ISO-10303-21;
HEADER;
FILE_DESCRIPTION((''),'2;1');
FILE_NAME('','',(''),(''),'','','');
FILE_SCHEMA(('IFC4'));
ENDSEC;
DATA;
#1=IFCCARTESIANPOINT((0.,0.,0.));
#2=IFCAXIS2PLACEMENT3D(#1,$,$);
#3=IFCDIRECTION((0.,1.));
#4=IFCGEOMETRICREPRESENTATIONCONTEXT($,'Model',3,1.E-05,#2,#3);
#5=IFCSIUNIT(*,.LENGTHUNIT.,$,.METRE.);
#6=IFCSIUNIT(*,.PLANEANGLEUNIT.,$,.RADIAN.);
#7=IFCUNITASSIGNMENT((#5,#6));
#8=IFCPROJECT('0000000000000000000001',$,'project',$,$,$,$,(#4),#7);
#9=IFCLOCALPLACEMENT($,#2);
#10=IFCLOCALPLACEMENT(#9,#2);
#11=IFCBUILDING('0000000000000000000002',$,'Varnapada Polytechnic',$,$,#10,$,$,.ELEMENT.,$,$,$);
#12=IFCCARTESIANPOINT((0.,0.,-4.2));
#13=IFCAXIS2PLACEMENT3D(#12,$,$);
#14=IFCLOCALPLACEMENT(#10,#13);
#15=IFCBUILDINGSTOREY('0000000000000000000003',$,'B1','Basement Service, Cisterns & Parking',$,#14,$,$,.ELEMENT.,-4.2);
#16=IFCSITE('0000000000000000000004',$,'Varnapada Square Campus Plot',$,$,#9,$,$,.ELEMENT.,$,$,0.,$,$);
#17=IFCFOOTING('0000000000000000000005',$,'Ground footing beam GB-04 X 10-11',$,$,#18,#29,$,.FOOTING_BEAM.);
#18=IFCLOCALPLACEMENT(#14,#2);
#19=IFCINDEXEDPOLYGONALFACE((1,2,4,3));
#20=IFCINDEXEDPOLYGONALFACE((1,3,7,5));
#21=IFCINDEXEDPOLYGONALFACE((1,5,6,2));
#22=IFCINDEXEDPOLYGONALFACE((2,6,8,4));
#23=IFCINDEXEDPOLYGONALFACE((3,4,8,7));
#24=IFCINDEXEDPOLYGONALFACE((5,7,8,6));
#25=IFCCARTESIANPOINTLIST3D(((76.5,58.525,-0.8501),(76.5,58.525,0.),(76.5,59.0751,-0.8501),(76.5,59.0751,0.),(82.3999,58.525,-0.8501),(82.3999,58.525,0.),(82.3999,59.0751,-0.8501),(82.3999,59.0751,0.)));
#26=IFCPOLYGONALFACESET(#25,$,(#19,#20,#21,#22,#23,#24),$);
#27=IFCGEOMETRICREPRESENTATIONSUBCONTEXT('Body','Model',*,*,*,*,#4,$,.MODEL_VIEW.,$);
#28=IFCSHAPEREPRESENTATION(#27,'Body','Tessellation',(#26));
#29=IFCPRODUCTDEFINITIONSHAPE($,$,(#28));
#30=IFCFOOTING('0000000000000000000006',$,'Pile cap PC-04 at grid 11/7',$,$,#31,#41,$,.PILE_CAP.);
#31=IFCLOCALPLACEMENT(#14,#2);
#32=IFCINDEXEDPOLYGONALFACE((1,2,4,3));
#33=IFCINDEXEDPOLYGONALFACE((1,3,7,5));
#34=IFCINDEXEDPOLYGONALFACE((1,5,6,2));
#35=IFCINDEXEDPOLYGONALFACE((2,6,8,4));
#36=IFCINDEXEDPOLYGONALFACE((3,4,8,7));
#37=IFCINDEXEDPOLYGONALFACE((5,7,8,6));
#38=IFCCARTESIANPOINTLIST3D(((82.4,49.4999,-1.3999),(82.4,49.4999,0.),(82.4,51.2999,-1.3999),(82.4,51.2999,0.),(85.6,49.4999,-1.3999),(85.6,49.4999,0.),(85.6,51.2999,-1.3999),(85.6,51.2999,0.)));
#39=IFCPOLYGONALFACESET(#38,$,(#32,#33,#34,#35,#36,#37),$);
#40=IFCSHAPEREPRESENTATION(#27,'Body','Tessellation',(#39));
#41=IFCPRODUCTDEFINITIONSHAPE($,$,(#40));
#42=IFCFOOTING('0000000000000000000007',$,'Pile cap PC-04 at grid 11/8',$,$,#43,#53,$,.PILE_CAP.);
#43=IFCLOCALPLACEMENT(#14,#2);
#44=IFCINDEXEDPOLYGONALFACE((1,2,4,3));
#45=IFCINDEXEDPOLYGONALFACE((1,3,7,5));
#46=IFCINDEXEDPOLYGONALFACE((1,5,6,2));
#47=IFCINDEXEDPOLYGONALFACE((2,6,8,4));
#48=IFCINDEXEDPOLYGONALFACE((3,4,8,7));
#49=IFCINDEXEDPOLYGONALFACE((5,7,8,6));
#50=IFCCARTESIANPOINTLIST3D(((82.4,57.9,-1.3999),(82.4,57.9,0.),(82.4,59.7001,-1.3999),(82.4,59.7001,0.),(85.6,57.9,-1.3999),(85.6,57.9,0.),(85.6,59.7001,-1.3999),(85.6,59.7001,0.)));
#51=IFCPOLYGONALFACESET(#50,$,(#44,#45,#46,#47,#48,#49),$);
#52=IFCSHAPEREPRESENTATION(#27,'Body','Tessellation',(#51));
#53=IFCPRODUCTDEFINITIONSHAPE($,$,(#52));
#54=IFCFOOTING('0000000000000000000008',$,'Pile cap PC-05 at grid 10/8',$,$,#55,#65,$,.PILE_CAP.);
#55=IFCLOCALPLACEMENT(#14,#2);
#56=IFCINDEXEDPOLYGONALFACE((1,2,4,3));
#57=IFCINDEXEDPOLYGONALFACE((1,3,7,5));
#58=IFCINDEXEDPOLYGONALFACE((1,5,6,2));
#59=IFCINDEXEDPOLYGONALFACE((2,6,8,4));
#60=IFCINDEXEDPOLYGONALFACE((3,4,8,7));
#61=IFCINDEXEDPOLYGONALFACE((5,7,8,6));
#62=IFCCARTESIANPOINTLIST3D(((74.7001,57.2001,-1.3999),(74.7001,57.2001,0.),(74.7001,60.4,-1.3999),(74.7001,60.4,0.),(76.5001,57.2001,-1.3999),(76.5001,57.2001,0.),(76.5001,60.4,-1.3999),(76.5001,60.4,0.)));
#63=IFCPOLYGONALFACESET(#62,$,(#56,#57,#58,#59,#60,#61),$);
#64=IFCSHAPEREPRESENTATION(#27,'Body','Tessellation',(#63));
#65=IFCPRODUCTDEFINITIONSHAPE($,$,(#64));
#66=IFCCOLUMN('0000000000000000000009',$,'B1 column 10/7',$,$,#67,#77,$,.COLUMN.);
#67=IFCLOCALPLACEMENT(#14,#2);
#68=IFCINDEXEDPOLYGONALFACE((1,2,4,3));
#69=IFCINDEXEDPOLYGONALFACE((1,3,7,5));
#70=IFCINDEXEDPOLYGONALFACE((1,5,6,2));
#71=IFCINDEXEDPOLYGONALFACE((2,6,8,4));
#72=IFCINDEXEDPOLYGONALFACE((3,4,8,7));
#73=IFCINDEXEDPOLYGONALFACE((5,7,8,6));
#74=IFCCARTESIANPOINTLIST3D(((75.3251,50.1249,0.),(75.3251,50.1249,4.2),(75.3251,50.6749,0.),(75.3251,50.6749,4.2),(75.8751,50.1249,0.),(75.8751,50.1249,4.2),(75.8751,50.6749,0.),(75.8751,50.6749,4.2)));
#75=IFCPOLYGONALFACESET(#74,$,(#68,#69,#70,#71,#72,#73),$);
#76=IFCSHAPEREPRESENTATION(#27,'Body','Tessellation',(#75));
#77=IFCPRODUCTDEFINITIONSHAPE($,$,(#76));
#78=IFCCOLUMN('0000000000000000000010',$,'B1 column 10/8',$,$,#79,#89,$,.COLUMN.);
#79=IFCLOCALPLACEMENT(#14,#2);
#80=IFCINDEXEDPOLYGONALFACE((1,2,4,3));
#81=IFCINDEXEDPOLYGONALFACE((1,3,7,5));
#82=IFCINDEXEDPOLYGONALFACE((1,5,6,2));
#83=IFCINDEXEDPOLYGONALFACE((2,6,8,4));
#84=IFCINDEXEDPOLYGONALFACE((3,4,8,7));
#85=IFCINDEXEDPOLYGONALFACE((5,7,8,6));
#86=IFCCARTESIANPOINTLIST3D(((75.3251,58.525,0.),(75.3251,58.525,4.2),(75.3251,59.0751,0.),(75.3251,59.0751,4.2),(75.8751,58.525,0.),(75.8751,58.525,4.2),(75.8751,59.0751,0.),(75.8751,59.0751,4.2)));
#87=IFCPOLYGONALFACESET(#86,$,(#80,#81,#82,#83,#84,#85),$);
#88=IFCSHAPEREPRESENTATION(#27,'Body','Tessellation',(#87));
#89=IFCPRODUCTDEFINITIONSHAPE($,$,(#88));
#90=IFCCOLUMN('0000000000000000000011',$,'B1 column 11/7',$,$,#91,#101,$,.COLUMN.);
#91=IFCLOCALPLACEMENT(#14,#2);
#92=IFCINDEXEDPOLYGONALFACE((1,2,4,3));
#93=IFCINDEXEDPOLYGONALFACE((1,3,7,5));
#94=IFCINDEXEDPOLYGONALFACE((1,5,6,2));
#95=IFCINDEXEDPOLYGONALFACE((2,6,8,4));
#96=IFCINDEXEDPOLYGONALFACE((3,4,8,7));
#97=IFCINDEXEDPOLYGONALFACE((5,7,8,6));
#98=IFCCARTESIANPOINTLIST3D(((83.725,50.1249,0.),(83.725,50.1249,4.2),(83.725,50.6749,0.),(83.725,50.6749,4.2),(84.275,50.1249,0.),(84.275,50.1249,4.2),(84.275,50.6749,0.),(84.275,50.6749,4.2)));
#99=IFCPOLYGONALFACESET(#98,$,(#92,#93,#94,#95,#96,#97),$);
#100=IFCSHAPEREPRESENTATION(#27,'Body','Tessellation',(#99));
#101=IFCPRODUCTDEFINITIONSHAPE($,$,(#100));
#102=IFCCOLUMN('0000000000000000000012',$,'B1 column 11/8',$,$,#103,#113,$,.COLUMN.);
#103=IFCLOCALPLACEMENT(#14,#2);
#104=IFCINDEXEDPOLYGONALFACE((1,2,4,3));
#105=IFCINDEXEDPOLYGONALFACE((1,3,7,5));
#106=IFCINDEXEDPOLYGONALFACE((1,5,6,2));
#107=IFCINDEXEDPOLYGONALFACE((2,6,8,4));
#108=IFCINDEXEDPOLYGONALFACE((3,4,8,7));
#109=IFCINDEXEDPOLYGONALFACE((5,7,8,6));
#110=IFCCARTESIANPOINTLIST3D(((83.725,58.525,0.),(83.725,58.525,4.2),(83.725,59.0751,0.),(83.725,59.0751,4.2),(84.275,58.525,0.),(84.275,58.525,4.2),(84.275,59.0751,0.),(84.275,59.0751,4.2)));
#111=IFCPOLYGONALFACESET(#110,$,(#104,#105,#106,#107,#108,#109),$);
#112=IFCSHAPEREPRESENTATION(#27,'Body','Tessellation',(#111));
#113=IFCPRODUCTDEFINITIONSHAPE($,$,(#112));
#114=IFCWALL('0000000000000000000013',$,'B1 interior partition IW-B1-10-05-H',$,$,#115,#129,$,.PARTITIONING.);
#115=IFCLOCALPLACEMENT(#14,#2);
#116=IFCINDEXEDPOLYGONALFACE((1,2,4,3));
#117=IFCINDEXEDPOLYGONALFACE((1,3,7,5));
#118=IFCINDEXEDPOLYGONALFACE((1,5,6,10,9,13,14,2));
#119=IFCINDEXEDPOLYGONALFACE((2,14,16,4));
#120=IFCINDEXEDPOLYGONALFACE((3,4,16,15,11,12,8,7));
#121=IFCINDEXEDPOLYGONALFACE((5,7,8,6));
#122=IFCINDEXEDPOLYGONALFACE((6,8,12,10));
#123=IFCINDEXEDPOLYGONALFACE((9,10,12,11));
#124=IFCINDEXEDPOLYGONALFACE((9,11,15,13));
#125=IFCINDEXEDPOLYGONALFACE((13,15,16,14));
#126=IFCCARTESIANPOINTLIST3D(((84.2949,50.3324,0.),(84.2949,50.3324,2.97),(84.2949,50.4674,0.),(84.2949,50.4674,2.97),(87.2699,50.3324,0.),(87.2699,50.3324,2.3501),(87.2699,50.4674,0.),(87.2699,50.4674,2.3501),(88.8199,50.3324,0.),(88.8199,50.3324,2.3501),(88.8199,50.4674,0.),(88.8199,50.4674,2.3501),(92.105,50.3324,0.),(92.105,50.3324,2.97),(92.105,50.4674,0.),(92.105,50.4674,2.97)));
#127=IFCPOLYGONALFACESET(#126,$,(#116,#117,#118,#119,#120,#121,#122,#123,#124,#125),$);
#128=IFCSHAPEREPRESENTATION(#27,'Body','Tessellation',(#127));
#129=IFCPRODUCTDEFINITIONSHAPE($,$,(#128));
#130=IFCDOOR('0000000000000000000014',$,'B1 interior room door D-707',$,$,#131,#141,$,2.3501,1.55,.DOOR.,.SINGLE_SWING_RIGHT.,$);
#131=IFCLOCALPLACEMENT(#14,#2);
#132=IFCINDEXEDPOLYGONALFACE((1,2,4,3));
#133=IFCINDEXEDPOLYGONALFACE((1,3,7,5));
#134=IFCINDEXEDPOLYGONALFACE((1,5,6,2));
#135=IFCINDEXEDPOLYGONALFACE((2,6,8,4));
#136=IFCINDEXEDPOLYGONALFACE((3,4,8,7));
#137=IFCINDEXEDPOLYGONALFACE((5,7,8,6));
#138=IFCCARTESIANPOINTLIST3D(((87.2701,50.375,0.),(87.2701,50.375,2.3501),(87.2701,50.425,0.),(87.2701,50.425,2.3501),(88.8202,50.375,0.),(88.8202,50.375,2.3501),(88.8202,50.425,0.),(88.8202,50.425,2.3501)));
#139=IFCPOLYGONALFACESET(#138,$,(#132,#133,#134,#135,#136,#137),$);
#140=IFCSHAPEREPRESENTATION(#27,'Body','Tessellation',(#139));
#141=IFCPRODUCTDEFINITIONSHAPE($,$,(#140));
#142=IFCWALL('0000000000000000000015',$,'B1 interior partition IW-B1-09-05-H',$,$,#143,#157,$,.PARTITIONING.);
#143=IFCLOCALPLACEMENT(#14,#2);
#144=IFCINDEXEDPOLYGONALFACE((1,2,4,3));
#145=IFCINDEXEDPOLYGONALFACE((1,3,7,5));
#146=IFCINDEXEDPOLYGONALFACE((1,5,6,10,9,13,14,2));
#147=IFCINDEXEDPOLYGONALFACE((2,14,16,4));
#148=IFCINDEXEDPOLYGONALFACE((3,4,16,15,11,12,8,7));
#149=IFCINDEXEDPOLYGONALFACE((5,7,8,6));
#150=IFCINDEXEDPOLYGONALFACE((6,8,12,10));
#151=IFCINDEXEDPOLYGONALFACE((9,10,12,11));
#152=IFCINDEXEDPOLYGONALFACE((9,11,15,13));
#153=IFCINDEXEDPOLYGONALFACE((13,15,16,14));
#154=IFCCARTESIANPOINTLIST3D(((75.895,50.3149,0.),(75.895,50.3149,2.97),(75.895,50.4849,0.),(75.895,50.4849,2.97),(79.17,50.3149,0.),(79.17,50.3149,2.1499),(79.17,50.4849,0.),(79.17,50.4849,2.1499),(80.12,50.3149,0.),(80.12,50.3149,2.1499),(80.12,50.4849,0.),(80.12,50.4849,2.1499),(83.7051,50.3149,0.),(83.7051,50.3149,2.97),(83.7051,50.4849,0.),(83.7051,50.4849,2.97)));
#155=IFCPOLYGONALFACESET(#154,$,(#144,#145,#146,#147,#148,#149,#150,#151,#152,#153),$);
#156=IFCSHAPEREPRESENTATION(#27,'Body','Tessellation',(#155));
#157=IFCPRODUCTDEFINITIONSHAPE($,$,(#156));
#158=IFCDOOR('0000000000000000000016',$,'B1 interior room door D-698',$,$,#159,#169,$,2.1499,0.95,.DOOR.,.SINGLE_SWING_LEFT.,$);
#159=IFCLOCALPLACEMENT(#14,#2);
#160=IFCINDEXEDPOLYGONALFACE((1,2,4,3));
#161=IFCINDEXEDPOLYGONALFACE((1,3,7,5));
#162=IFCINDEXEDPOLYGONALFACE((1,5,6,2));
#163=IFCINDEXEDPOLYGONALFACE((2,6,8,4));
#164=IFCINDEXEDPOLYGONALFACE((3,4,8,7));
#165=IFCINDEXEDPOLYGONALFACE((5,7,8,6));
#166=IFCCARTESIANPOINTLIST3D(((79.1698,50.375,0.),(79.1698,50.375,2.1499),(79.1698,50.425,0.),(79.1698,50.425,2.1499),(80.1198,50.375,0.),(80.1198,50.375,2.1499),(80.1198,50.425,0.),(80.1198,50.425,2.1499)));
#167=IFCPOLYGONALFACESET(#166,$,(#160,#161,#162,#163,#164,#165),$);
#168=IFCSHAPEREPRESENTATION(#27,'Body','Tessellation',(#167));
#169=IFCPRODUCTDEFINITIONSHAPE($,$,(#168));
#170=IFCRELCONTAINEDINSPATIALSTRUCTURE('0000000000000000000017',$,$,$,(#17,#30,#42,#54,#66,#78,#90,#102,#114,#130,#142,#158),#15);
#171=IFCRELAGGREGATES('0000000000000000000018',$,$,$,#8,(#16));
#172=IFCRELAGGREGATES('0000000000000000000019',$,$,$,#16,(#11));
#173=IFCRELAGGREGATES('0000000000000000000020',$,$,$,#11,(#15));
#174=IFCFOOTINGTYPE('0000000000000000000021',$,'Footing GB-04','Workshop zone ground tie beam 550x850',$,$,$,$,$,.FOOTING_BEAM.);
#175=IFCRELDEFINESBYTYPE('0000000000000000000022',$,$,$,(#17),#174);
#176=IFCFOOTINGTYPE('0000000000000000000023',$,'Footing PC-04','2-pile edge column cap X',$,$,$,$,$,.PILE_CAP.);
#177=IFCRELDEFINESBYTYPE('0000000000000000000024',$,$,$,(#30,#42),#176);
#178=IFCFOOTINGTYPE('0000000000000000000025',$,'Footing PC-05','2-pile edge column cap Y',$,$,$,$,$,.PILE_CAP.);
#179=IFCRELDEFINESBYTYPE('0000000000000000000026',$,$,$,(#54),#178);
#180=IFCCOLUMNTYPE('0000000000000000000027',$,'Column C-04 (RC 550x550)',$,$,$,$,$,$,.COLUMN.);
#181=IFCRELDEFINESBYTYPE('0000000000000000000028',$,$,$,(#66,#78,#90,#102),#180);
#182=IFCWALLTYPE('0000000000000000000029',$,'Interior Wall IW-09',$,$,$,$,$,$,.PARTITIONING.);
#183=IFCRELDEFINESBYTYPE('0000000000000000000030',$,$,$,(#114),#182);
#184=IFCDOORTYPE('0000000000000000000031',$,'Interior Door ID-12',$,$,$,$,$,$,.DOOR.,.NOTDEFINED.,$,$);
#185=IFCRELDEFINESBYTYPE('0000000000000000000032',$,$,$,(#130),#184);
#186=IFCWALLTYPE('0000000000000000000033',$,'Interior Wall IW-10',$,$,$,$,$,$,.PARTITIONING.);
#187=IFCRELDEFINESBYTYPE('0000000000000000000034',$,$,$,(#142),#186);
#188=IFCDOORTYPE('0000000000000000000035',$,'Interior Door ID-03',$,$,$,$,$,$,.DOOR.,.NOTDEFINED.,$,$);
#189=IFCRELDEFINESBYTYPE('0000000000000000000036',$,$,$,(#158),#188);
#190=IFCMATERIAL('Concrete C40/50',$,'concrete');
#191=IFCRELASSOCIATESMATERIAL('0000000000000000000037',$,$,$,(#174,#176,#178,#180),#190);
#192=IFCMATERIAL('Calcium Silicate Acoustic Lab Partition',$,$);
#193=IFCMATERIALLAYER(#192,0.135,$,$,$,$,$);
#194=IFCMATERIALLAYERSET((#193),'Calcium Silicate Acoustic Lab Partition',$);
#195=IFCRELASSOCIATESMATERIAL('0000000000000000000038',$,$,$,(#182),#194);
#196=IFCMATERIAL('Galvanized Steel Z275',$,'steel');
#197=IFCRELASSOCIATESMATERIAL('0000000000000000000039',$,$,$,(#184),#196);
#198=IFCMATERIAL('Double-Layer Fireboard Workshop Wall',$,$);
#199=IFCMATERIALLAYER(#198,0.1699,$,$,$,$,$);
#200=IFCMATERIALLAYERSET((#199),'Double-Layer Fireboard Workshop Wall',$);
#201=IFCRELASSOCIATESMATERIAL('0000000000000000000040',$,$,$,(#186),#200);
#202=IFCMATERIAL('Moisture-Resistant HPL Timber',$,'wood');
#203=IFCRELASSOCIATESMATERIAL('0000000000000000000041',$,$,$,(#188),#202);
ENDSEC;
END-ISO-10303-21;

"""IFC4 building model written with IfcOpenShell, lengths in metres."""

from ifc_helpers import new_model, si_unit, direction, frame, frame_2d, origin, origin_2d, place, context, subcontext, project, spatial, rectangle, extrude, material, layer, layer_set, material_profile, profile_set, type_object, element, fill, save


model = new_model("IFC4")

# Units and contexts
model_context = context("Model", 3, precision=1e-05, world=origin(), true_north=direction((0.0, 1.0)))
body_context = subcontext(model_context, "Body", "Model", "MODEL_VIEW")
ifc_project = project(units=[si_unit("LENGTHUNIT", "METRE"), si_unit("PLANEANGLEUNIT", "RADIAN")], contexts=[model_context])

# Site, building, storey
site_placement = place(None, origin())
site = spatial("IfcSite", under=ifc_project, at=site_placement, Name="Varnapada Square Campus Plot", CompositionType="ELEMENT", RefElevation=0.0)
building_placement = place(site_placement, origin())
building = spatial("IfcBuilding", under=site, at=building_placement, Name="Varnapada Polytechnic", CompositionType="ELEMENT")
storey_placement = place(building_placement, frame((0.0, 0.0, -4.2)))
storey = spatial("IfcBuildingStorey", under=building, at=storey_placement, Name="B1", Description="Basement Service, Cisterns & Parking", CompositionType="ELEMENT", Elevation=-4.2)

# Shared definitions
ifc_material_1 = material(Name="Concrete C40/50", Category="concrete")

# Footings
footing_type_1 = type_object("IfcFootingType", Name="Footing GB-04", Description="Workshop zone ground tie beam 550x850", PredefinedType="FOOTING_BEAM", material=ifc_material_1)
for number, where, z_axis, x_axis, name in (
    (1, (79.45, 58.8, -0.8501), (0.0, 0.0, 1.0), (1.0, 0.0, 0.0), "Ground footing beam GB-04 X 10-11"),
):
    element("IfcFooting", number, at=place(storey_placement, frame(where, z_axis=z_axis, x_axis=x_axis)), inside=storey, type_object=footing_type_1, Name=name, PredefinedType="FOOTING_BEAM", context=body_context, shape_type="SweptSolid", body=[
        extrude(rectangle(XDim=5.8999, YDim=0.55, at=origin_2d()), origin(), (0.0, 0.0, 1.0), 0.8501),
    ])
footing_type_2 = type_object("IfcFootingType", Name="Footing PC-04", Description="2-pile edge column cap X", PredefinedType="PILE_CAP", material=ifc_material_1)
for number, where, z_axis, x_axis, name in (
    (2, (84.0, 50.3999, -1.3999), (0.0, 0.0, 1.0), (1.0, 0.0, 0.0), "Pile cap PC-04 at grid 11/7"),
    (3, (84.0, 58.8, -1.3999), (0.0, 0.0, 1.0), (1.0, 0.0, 0.0), "Pile cap PC-04 at grid 11/8"),
):
    element("IfcFooting", number, at=place(storey_placement, frame(where, z_axis=z_axis, x_axis=x_axis)), inside=storey, type_object=footing_type_2, Name=name, PredefinedType="PILE_CAP", context=body_context, shape_type="SweptSolid", body=[
        extrude(rectangle(XDim=3.2, YDim=1.8, at=origin_2d()), origin(), (0.0, 0.0, 1.0), 1.3999),
    ])
footing_type_3 = type_object("IfcFootingType", Name="Footing PC-05", Description="2-pile edge column cap Y", PredefinedType="PILE_CAP", material=ifc_material_1)
footing_1_placement = place(storey_placement, frame((75.6001, 58.8, -1.3999), z_axis=(0.0, 0.0, 1.0), x_axis=(1.0, 0.0, 0.0)))
element("IfcFooting", 4, at=footing_1_placement, inside=storey, type_object=footing_type_3, Name="Pile cap PC-05 at grid 10/8", PredefinedType="PILE_CAP", context=body_context, shape_type="SweptSolid", body=[
    extrude(rectangle(XDim=1.8, YDim=3.2, at=origin_2d()), origin(), (0.0, 0.0, 1.0), 1.3999),
])

# Columns
ifc_material_profile_1 = material_profile(ifc_material_1, rectangle(XDim=0.55, YDim=0.55, at=origin_2d()), Name="RC 550x550")
ifc_profile_set_1 = profile_set([ifc_material_profile_1], Name="Concrete C40/50")
column_type = type_object("IfcColumnType", Name="Column C-04 (RC 550x550)", PredefinedType="COLUMN", material=ifc_profile_set_1)
for number, where, z_axis, x_axis, name in (
    (5, (75.6001, 50.3999, 0.0), (0.0, 0.0, 1.0), (1.0, 0.0, 0.0), "B1 column 10/7"),
    (6, (75.6001, 58.8, 0.0), (0.0, 0.0, 1.0), (1.0, 0.0, 0.0), "B1 column 10/8"),
    (7, (84.0, 50.3999, 0.0), (0.0, 0.0, 1.0), (1.0, 0.0, 0.0), "B1 column 11/7"),
    (8, (84.0, 58.8, 0.0), (0.0, 0.0, 1.0), (1.0, 0.0, 0.0), "B1 column 11/8"),
):
    element("IfcColumn", number, at=place(storey_placement, frame(where, z_axis=z_axis, x_axis=x_axis)), inside=storey, type_object=column_type, Name=name, PredefinedType="COLUMN", context=body_context, shape_type="SweptSolid", body=[
        extrude(rectangle(XDim=0.55, YDim=0.55, at=origin_2d()), origin(), (0.0, 0.0, 1.0), 4.2),
    ])

# Walls, openings, doors
ifc_material_2 = material(Name="Calcium Silicate Acoustic Lab Partition")
ifc_layer_1 = layer(ifc_material_2, 0.135)
ifc_layer_set_1 = layer_set([ifc_layer_1], Name="Calcium Silicate Acoustic Lab Partition")
wall_type_1 = type_object("IfcWallType", Name="Interior Wall IW-09", PredefinedType="PARTITIONING", material=ifc_layer_set_1)
wall_1_placement = place(storey_placement, frame((84.2949, 50.3999, 0.0), z_axis=(0.0, 0.0, 1.0), x_axis=(1.0, 0.0, 0.0)))
wall_1 = element("IfcWall", 9, at=wall_1_placement, inside=storey, type_object=wall_type_1, Name="B1 interior partition IW-B1-10-05-H", PredefinedType="PARTITIONING", context=body_context, shape_type="SweptSolid", body=[
    extrude(rectangle(XDim=7.8101, YDim=0.135, at=frame_2d((3.905, 0.0))), origin(), (0.0, 0.0, 1.0), 2.97),
])
opening_1_placement = place(wall_1_placement, frame((2.9751, 0.0, 0.0)))
opening_1 = element("IfcOpeningElement", 10, at=opening_1_placement, cuts=wall_1, PredefinedType="OPENING", context=body_context, shape_type="SweptSolid", body=[
    extrude(rectangle(XDim=1.55, YDim=2.3501, at=frame_2d((0.7749, 1.175))), frame((0.0, 0.0774, 0.0), z_axis=(0.0, -1.0, 0.0), x_axis=(1.0, 0.0, 0.0)), (0.0, 0.0, 1.0), 0.155),
])
ifc_material_3 = material(Name="Galvanized Steel Z275", Category="steel")
door_type_1 = type_object("IfcDoorType", Name="Interior Door ID-12", OperationType="NOTDEFINED", PredefinedType="DOOR", material=ifc_material_3)
door_1_placement = place(opening_1_placement, frame((1.55, 0.0, 0.0), z_axis=(0.0, 0.0, 1.0), x_axis=(-1.0, 0.0, 0.0)))
door_1 = element("IfcDoor", 11, at=door_1_placement, inside=storey, type_object=door_type_1, Name="B1 interior room door D-707", OperationType="SINGLE_SWING_RIGHT", OverallHeight=2.3501, OverallWidth=1.55, PredefinedType="DOOR", context=body_context, shape_type="SweptSolid", body=[
    extrude(rectangle(XDim=1.55, YDim=2.3501, at=frame_2d((0.7749, 1.175))), frame((0.0, 0.0249, 0.0), z_axis=(0.0, -1.0, 0.0), x_axis=(1.0, 0.0, 0.0)), (0.0, 0.0, 1.0), 0.05),
])
fill(opening_1, door_1)
ifc_material_4 = material(Name="Double-Layer Fireboard Workshop Wall")
ifc_layer_2 = layer(ifc_material_4, 0.1699)
ifc_layer_set_2 = layer_set([ifc_layer_2], Name="Double-Layer Fireboard Workshop Wall")
wall_type_2 = type_object("IfcWallType", Name="Interior Wall IW-10", PredefinedType="PARTITIONING", material=ifc_layer_set_2)
wall_2_placement = place(storey_placement, frame((75.895, 50.3999, 0.0), z_axis=(0.0, 0.0, 1.0), x_axis=(1.0, 0.0, 0.0)))
wall_2 = element("IfcWall", 12, at=wall_2_placement, inside=storey, type_object=wall_type_2, Name="B1 interior partition IW-B1-09-05-H", PredefinedType="PARTITIONING", context=body_context, shape_type="SweptSolid", body=[
    extrude(rectangle(XDim=7.8101, YDim=0.1699, at=frame_2d((3.905, 0.0))), origin(), (0.0, 0.0, 1.0), 2.97),
])
opening_2_placement = place(wall_2_placement, frame((3.2749, 0.0, 0.0)))
opening_2 = element("IfcOpeningElement", 13, at=opening_2_placement, cuts=wall_2, PredefinedType="OPENING", context=body_context, shape_type="SweptSolid", body=[
    extrude(rectangle(XDim=0.95, YDim=2.1499, at=frame_2d((0.4751, 1.075))), frame((0.0, 0.095, 0.0), z_axis=(0.0, -1.0, 0.0), x_axis=(1.0, 0.0, 0.0)), (0.0, 0.0, 1.0), 0.1899),
])
ifc_material_5 = material(Name="Moisture-Resistant HPL Timber", Category="wood")
door_type_2 = type_object("IfcDoorType", Name="Interior Door ID-03", OperationType="NOTDEFINED", PredefinedType="DOOR", material=ifc_material_5)
door_2_placement = place(opening_2_placement, frame((0.95, 0.0, 0.0), z_axis=(0.0, 0.0, 1.0), x_axis=(-1.0, 0.0, 0.0)))
door_2 = element("IfcDoor", 14, at=door_2_placement, inside=storey, type_object=door_type_2, Name="B1 interior room door D-698", OperationType="SINGLE_SWING_LEFT", OverallHeight=2.1499, OverallWidth=0.95, PredefinedType="DOOR", context=body_context, shape_type="SweptSolid", body=[
    extrude(rectangle(XDim=0.95, YDim=2.1499, at=frame_2d((0.4751, 1.075))), frame((0.0, 0.0249, 0.0), z_axis=(0.0, -1.0, 0.0), x_axis=(1.0, 0.0, 0.0)), (0.0, 0.0, 1.0), 0.05),
])
fill(opening_2, door_2)

save(model, "model.ifc")
